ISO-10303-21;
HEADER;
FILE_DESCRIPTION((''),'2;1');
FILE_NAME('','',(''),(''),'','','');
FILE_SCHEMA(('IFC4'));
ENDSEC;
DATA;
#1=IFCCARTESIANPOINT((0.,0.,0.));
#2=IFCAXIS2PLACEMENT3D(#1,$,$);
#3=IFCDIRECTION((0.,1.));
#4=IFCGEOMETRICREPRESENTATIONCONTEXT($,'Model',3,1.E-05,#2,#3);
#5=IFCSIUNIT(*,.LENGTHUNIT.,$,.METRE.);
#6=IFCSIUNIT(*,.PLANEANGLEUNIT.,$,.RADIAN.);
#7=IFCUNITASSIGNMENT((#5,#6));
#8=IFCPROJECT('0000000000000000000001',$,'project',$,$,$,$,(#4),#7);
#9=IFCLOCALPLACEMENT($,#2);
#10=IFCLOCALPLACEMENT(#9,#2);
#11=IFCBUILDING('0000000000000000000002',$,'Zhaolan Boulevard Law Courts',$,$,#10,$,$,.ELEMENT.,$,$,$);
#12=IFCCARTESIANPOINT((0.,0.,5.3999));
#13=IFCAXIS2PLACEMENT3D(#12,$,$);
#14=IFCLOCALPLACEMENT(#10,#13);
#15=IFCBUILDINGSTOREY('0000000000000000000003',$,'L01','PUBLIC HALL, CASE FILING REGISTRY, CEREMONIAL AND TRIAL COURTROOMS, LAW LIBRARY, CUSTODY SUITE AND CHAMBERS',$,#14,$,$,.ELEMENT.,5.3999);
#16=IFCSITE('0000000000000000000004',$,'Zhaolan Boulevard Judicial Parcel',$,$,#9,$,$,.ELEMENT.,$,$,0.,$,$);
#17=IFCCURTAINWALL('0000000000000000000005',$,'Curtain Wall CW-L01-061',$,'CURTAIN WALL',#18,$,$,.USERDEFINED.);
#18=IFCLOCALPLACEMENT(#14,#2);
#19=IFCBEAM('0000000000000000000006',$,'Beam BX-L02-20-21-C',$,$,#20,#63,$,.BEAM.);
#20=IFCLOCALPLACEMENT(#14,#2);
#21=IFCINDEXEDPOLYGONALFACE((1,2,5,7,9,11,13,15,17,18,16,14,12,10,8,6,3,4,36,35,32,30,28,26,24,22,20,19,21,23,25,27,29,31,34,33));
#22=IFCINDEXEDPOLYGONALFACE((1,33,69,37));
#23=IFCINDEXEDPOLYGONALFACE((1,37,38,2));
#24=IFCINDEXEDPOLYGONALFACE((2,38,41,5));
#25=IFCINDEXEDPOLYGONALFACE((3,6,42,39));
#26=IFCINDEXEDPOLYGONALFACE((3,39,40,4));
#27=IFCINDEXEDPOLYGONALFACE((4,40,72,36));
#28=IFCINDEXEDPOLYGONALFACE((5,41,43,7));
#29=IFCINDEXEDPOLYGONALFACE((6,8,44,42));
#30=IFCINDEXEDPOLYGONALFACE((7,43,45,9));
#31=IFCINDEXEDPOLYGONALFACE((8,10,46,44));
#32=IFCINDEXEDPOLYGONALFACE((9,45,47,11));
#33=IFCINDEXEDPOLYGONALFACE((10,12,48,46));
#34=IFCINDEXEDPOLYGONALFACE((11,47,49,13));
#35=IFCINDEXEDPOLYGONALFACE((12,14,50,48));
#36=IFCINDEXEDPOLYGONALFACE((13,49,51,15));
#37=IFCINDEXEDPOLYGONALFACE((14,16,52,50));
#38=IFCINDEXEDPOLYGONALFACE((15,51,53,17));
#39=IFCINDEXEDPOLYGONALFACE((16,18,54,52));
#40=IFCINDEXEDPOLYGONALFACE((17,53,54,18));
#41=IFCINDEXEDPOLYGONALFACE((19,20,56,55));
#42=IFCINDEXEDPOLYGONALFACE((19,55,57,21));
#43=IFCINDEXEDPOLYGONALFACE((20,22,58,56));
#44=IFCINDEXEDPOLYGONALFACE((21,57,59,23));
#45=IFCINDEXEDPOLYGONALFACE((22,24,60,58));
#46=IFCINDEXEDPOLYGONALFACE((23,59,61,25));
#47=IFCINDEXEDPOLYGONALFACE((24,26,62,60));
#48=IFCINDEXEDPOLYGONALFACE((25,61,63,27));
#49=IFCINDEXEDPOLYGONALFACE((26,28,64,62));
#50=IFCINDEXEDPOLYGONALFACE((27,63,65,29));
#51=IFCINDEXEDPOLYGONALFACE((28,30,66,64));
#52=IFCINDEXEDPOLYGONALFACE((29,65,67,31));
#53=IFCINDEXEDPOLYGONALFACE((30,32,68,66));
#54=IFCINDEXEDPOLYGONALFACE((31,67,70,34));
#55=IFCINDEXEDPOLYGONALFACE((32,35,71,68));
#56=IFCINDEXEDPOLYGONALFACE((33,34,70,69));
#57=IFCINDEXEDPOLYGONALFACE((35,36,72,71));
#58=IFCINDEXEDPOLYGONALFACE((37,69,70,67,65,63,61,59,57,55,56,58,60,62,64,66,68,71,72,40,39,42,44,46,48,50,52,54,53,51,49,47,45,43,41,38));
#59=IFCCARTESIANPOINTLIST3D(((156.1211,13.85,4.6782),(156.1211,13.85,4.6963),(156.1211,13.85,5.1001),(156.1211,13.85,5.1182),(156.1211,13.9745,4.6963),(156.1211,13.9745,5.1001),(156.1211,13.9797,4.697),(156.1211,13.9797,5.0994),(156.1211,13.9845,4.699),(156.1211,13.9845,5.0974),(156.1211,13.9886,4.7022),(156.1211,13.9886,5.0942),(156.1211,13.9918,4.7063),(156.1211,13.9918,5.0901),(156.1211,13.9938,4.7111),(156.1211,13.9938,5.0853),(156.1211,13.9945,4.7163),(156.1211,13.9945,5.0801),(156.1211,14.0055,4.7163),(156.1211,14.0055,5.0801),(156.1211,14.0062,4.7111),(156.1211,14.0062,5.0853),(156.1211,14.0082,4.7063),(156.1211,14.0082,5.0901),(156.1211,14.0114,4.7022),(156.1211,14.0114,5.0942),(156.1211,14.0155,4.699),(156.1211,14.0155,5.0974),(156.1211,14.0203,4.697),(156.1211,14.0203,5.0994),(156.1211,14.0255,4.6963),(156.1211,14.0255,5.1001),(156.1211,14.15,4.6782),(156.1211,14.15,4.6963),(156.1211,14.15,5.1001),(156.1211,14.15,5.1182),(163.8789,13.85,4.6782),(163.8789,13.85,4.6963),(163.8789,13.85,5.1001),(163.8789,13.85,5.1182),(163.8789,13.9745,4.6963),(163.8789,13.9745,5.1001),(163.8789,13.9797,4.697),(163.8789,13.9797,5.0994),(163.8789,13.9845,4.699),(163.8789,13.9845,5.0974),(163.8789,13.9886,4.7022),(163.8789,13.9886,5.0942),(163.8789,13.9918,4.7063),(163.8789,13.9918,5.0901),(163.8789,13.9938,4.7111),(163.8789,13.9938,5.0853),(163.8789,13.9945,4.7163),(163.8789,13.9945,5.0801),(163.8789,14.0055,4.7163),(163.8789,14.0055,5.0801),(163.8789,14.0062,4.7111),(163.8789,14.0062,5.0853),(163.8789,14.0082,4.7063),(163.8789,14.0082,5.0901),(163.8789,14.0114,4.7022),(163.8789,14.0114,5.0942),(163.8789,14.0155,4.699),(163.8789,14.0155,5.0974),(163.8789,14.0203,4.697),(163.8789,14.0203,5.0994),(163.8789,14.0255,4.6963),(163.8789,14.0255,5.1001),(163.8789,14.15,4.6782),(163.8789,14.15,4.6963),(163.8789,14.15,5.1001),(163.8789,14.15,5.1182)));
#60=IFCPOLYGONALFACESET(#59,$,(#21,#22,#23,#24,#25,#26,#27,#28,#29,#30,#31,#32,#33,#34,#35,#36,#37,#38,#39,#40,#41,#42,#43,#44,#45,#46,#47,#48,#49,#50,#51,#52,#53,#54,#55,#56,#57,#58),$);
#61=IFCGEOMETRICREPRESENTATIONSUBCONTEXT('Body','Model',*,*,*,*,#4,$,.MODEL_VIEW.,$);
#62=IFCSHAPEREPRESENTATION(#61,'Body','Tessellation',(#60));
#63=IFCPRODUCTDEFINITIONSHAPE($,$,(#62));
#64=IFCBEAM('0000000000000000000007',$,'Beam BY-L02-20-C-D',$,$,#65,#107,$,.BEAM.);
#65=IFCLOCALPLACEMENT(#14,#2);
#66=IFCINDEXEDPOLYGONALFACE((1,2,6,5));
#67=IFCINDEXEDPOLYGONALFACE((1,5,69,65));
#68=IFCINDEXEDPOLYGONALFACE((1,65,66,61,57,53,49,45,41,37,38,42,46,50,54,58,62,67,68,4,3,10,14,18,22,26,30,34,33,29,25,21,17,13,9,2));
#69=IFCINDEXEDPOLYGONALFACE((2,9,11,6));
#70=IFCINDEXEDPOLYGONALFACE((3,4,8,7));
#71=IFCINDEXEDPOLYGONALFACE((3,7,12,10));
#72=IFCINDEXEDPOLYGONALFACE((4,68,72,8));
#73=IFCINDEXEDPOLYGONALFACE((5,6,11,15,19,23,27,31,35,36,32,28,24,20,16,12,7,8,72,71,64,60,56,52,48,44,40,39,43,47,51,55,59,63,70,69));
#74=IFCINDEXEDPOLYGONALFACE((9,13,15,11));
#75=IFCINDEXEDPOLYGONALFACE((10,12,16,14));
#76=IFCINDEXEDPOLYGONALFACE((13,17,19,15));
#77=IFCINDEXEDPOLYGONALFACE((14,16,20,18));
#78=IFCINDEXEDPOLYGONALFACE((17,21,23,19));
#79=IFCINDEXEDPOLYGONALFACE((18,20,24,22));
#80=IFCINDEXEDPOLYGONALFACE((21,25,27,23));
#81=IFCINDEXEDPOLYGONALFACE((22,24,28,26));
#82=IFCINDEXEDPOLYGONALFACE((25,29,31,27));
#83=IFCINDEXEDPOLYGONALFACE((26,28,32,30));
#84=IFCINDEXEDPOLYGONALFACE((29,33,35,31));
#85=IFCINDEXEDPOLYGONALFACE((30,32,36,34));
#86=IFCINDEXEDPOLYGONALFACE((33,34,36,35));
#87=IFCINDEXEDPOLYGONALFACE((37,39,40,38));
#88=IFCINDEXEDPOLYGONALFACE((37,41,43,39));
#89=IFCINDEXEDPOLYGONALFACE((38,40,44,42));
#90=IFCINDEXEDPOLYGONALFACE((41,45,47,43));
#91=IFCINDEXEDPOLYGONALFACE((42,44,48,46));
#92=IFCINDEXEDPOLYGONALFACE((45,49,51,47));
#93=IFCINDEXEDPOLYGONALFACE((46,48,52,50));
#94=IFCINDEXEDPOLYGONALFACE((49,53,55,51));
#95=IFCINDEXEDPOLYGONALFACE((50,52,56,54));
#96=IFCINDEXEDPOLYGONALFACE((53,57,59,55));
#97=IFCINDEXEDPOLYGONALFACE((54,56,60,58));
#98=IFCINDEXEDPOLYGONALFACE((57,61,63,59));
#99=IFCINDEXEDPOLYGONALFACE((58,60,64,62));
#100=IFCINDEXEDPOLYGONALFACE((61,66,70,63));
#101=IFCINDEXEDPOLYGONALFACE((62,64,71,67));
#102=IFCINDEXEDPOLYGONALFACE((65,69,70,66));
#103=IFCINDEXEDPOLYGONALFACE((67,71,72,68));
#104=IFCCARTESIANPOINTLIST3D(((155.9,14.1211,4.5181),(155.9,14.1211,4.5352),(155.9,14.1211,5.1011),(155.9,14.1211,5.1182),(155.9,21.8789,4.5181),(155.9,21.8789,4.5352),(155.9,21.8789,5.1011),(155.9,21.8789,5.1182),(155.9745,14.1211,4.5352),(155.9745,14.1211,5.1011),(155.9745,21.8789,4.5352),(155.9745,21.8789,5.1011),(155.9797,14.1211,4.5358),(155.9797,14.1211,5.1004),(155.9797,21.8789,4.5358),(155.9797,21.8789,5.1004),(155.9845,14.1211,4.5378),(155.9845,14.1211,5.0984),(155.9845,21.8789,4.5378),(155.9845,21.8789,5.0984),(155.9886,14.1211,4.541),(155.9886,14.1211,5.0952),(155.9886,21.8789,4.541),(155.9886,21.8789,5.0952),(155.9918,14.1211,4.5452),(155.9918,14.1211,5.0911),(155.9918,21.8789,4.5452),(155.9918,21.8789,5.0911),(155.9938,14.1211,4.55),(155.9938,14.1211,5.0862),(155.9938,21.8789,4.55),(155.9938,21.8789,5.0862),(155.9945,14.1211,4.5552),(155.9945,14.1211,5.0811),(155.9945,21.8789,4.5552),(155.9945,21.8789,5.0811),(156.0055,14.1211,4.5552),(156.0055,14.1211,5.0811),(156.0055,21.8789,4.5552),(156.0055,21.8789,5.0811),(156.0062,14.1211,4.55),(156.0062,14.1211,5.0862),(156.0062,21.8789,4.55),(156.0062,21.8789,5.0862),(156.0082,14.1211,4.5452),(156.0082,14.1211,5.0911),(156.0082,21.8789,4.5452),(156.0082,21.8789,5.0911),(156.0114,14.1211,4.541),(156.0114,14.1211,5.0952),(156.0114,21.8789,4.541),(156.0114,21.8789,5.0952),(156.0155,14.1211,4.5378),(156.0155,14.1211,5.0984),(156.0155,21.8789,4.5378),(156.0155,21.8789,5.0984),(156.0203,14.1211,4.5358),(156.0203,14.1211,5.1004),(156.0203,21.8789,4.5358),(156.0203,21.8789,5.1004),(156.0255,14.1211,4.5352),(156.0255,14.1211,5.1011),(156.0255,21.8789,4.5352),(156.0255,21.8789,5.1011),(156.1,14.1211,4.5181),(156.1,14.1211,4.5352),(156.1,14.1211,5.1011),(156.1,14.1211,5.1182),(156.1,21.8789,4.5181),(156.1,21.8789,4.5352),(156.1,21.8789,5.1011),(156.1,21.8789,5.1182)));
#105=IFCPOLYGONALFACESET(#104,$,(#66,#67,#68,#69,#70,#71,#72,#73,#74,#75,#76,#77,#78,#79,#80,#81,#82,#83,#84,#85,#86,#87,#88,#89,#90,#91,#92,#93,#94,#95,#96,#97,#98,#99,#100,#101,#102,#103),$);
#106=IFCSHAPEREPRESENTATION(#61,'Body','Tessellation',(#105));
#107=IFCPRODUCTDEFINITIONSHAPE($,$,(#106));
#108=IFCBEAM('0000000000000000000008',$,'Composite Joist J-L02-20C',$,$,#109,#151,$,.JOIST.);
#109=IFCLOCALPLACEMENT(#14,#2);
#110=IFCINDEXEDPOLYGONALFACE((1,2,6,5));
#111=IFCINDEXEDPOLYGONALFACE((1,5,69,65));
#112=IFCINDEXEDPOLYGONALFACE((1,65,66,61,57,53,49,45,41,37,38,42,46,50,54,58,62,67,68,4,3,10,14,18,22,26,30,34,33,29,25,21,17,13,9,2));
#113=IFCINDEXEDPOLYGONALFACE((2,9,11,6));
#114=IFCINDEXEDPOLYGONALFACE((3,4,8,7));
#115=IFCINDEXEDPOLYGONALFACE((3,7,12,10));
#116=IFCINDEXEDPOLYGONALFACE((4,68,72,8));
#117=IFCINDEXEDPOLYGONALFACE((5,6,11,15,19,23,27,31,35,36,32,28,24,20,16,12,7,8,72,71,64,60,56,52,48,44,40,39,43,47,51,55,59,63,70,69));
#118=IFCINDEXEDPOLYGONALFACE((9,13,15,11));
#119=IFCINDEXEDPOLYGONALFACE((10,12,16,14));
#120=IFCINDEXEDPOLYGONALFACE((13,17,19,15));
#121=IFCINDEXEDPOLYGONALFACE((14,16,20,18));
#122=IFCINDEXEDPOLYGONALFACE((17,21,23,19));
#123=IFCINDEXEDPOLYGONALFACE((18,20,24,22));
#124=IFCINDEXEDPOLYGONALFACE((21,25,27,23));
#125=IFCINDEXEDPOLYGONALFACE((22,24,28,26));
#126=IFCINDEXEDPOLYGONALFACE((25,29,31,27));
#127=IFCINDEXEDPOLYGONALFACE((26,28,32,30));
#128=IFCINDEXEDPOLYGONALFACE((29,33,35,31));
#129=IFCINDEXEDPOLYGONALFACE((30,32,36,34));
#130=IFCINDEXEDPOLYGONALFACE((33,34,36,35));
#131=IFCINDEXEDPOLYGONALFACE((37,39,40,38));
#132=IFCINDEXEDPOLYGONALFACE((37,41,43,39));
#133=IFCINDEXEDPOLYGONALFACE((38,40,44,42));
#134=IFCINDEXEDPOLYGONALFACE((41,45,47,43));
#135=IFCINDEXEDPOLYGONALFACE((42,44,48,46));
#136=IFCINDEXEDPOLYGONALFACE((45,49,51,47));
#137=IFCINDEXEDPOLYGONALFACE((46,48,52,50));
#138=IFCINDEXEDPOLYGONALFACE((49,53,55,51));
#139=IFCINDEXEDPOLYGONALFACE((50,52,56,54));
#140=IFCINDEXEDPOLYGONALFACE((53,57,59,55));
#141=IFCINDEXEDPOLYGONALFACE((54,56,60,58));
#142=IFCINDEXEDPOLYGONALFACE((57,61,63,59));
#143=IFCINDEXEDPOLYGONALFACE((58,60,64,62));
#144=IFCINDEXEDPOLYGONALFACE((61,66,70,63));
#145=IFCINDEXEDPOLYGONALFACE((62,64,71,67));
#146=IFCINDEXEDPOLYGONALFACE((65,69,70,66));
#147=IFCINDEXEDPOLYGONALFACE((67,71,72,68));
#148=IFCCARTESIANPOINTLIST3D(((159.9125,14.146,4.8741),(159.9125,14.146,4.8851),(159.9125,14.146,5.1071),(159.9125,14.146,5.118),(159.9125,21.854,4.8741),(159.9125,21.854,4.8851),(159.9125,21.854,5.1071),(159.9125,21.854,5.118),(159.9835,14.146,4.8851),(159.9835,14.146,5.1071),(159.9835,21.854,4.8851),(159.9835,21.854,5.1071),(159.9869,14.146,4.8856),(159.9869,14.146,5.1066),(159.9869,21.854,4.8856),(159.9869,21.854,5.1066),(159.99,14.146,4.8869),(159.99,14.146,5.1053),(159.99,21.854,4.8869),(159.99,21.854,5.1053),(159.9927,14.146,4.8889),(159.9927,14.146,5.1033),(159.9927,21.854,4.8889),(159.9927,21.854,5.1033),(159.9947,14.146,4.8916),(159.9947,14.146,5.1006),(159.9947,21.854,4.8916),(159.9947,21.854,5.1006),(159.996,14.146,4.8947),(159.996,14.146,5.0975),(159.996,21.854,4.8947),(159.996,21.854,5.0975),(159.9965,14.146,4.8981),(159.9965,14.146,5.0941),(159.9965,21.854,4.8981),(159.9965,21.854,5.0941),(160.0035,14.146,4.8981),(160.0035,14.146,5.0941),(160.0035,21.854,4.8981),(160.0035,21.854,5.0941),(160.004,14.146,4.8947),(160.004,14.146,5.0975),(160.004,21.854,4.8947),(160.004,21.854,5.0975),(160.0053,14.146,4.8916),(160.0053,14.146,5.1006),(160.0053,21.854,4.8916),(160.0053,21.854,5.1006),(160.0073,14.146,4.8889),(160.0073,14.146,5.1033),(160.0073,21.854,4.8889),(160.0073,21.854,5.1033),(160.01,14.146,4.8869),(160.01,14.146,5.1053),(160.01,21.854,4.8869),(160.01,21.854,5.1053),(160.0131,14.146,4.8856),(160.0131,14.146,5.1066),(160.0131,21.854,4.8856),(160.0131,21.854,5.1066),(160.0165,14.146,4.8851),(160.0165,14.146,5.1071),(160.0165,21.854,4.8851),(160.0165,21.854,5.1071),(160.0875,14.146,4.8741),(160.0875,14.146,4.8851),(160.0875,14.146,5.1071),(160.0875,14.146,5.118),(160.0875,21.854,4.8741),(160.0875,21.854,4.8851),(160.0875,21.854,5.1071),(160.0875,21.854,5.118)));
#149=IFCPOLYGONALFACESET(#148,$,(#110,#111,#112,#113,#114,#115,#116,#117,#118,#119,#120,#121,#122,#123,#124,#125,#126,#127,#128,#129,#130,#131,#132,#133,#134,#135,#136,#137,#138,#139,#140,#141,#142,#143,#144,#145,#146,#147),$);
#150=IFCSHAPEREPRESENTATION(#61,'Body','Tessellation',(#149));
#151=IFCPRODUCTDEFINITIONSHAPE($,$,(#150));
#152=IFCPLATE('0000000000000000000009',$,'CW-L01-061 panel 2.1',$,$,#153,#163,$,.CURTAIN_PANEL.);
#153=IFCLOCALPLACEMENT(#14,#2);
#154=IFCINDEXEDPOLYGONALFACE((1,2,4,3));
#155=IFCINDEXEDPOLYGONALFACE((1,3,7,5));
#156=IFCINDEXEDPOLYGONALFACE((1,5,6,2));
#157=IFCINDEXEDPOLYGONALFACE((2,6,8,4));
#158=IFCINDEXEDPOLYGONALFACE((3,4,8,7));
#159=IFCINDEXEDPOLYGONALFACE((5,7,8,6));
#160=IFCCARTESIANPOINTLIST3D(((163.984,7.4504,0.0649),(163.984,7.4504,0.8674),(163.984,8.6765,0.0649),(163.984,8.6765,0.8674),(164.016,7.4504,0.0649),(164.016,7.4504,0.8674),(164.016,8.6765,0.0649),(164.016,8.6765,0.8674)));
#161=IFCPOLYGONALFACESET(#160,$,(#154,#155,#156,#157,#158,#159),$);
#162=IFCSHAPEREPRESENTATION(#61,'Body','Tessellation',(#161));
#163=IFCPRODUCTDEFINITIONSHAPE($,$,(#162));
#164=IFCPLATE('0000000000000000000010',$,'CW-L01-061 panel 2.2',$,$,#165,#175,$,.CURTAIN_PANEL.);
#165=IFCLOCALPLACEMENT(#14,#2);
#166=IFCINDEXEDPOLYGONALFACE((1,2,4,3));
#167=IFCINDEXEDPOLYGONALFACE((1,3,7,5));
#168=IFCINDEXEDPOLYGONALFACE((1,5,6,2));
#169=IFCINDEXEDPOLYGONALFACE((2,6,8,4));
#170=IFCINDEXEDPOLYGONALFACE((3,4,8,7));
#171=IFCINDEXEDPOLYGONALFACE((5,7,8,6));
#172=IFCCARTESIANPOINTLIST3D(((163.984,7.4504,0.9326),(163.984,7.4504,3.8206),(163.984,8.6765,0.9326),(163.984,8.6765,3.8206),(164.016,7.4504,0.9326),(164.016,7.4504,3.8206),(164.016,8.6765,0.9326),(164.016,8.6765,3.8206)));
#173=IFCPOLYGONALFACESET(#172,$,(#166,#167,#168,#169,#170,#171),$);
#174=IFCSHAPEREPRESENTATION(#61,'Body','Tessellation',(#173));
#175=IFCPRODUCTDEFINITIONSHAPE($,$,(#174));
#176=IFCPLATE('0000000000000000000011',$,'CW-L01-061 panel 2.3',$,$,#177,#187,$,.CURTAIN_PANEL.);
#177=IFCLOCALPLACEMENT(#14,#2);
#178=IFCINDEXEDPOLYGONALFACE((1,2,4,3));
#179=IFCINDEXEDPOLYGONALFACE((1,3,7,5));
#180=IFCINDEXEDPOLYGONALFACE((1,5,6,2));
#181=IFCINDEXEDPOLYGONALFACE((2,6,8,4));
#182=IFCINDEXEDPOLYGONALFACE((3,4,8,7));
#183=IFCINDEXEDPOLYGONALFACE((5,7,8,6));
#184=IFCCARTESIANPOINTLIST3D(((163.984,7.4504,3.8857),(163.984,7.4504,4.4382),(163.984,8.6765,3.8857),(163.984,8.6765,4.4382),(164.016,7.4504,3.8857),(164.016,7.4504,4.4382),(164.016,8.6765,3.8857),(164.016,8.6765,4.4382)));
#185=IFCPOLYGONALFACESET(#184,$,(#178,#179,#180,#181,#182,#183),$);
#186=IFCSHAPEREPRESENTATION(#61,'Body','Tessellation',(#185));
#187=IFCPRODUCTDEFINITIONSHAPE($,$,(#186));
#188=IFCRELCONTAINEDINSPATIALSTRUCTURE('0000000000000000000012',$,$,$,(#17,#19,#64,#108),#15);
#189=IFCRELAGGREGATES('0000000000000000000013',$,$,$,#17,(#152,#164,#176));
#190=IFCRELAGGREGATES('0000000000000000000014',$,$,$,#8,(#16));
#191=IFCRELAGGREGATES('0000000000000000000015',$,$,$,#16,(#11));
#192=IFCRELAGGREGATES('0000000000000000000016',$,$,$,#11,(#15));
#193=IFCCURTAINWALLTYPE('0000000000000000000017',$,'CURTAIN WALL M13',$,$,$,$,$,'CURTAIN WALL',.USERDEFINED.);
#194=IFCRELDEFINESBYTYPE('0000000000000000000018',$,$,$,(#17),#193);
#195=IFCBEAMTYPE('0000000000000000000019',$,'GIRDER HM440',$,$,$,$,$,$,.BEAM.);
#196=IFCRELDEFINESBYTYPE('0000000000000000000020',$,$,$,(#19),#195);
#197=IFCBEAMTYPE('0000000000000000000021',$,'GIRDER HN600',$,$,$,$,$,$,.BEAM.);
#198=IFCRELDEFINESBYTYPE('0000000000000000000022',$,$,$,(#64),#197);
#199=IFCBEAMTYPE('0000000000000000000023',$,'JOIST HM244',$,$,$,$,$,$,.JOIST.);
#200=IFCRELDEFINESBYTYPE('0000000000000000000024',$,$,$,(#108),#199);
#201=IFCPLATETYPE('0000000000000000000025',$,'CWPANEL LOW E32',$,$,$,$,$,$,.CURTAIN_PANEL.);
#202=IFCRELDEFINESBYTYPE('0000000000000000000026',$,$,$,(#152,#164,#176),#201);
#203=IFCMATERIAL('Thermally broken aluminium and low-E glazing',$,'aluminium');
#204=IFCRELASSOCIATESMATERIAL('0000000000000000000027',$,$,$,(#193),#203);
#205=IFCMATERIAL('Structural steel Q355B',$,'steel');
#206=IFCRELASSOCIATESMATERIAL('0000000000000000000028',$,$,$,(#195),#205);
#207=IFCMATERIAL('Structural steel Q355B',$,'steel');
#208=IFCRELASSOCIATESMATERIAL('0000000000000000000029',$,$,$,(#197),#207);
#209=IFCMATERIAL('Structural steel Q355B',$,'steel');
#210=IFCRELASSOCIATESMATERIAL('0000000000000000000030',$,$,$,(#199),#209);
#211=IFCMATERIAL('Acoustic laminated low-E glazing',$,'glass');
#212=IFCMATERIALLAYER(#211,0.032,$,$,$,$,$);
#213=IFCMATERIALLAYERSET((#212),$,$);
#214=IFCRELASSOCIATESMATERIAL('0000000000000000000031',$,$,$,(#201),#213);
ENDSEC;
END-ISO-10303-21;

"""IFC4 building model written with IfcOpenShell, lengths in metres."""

from ifc_helpers import new_model, si_unit, direction, frame, origin, origin_2d, place, context, subcontext, project, spatial, rectangle, i_section, extrude, material, layer, layer_set, material_profile, profile_set, type_object, element, aggregate, save


model = new_model("IFC4")

# Units and contexts
model_context = context("Model", 3, precision=1e-05, world=origin(), true_north=direction((0.0, 1.0)))
body_context = subcontext(model_context, "Body", "Model", "MODEL_VIEW")
ifc_project = project(units=[si_unit("LENGTHUNIT", "METRE"), si_unit("PLANEANGLEUNIT", "RADIAN")], contexts=[model_context])

# Site, building, storey
site_placement = place(None, origin())
site = spatial("IfcSite", under=ifc_project, at=site_placement, Name="Zhaolan Boulevard Judicial Parcel", CompositionType="ELEMENT", RefElevation=0.0)
building_placement = place(site_placement, origin())
building = spatial("IfcBuilding", under=site, at=building_placement, Name="Zhaolan Boulevard Law Courts", CompositionType="ELEMENT")
storey_placement = place(building_placement, frame((0.0, 0.0, 5.3999)))
storey = spatial("IfcBuildingStorey", under=building, at=storey_placement, Name="L01", Description="PUBLIC HALL, CASE FILING REGISTRY, CEREMONIAL AND TRIAL COURTROOMS, LAW LIBRARY, CUSTODY SUITE AND CHAMBERS", CompositionType="ELEMENT", Elevation=5.3999)

# Curtain wall
ifc_material_1 = material(Name="Thermally broken aluminium and low-E glazing", Category="aluminium")
curtain_wall_type = type_object("IfcCurtainWallType", Name="CURTAIN WALL M13", ElementType="CURTAIN WALL", PredefinedType="USERDEFINED", material=ifc_material_1)
curtain_wall_placement = place(storey_placement, origin())
curtain_wall = element("IfcCurtainWall", 1, at=curtain_wall_placement, inside=storey, type_object=curtain_wall_type, Name="Curtain Wall CW-L01-061", ObjectType="CURTAIN WALL", PredefinedType="USERDEFINED")

# Beams
ifc_material_2 = material(Name="Structural steel Q355B", Category="steel")
ifc_material_profile_1 = material_profile(ifc_material_2, i_section(OverallWidth=0.3, OverallDepth=0.4399, WebThickness=0.011, FlangeThickness=0.0181, FilletRadius=0.02, at=origin_2d()), Name="HM440x300")
ifc_profile_set_1 = profile_set([ifc_material_profile_1], Name="Structural steel Q355B")
beam_type_1 = type_object("IfcBeamType", Name="GIRDER HM440", PredefinedType="BEAM", material=ifc_profile_set_1)
beam_1_placement = place(storey_placement, frame((156.1211, 14.0, 4.8982), z_axis=(1.0, 0.0, 0.0), x_axis=(0.0, 1.0, 0.0)))
element("IfcBeam", 2, at=beam_1_placement, inside=storey, type_object=beam_type_1, Name="Beam BX-L02-20-21-C", PredefinedType="BEAM", context=body_context, shape_type="SweptSolid", body=[
    extrude(i_section(OverallWidth=0.3, OverallDepth=0.4399, WebThickness=0.011, FlangeThickness=0.0181, FilletRadius=0.02, at=origin_2d()), origin(), (0.0, 0.0, 1.0), 7.7578),
])
ifc_material_3 = material(Name="Structural steel Q355B", Category="steel")
ifc_material_profile_2 = material_profile(ifc_material_3, i_section(OverallWidth=0.2, OverallDepth=0.6001, WebThickness=0.011, FlangeThickness=0.0171, FilletRadius=0.02, at=origin_2d()), Name="HN600x200")
ifc_profile_set_2 = profile_set([ifc_material_profile_2], Name="Structural steel Q355B")
beam_type_2 = type_object("IfcBeamType", Name="GIRDER HN600", PredefinedType="BEAM", material=ifc_profile_set_2)
beam_2_placement = place(storey_placement, frame((156.0, 14.1211, 4.8181), z_axis=(0.0, 1.0, 0.0), x_axis=(-1.0, 0.0, 0.0)))
element("IfcBeam", 3, at=beam_2_placement, inside=storey, type_object=beam_type_2, Name="Beam BY-L02-20-C-D", PredefinedType="BEAM", context=body_context, shape_type="SweptSolid", body=[
    extrude(i_section(OverallWidth=0.2, OverallDepth=0.6001, WebThickness=0.011, FlangeThickness=0.0171, FilletRadius=0.02, at=origin_2d()), origin(), (0.0, 0.0, 1.0), 7.7578),
])
ifc_material_4 = material(Name="Structural steel Q355B", Category="steel")
ifc_material_profile_3 = material_profile(ifc_material_4, i_section(OverallWidth=0.175, OverallDepth=0.2439, WebThickness=0.0071, FlangeThickness=0.011, FilletRadius=0.0129, at=origin_2d()), Name="HM244x175")
ifc_profile_set_3 = profile_set([ifc_material_profile_3], Name="Structural steel Q355B")
beam_type_3 = type_object("IfcBeamType", Name="JOIST HM244", PredefinedType="JOIST", material=ifc_profile_set_3)
beam_3_placement = place(storey_placement, frame((160.0, 14.146, 4.9961), z_axis=(0.0, 1.0, 0.0), x_axis=(-1.0, 0.0, 0.0)))
element("IfcBeam", 4, at=beam_3_placement, inside=storey, type_object=beam_type_3, Name="Composite Joist J-L02-20C", PredefinedType="JOIST", context=body_context, shape_type="SweptSolid", body=[
    extrude(i_section(OverallWidth=0.175, OverallDepth=0.2439, WebThickness=0.0071, FlangeThickness=0.011, FilletRadius=0.0129, at=origin_2d()), origin(), (0.0, 0.0, 1.0), 7.708),
])

# Plates
ifc_material_5 = material(Name="Acoustic laminated low-E glazing", Category="glass")
ifc_layer_1 = layer(ifc_material_5, 0.032)
ifc_layer_set_1 = layer_set([ifc_layer_1])
plate_type = type_object("IfcPlateType", Name="CWPANEL LOW E32", PredefinedType="CURTAIN_PANEL", material=ifc_layer_set_1)
plate_1_placement = place(storey_placement, frame((164.0, 8.0635, 0.0649), z_axis=(0.0, 0.0, 1.0), x_axis=(0.0, 1.0, 0.0)))
plate_1 = element("IfcPlate", 5, at=plate_1_placement, type_object=plate_type, Name="CW-L01-061 panel 2.1", PredefinedType="CURTAIN_PANEL", context=body_context, shape_type="SweptSolid", body=[
    extrude(rectangle(XDim=1.2261, YDim=0.032, at=origin_2d()), origin(), (0.0, 0.0, 1.0), 0.8025),
])
plate_2_placement = place(storey_placement, frame((164.0, 8.0635, 0.9326), z_axis=(0.0, 0.0, 1.0), x_axis=(0.0, 1.0, 0.0)))
plate_2 = element("IfcPlate", 6, at=plate_2_placement, type_object=plate_type, Name="CW-L01-061 panel 2.2", PredefinedType="CURTAIN_PANEL", context=body_context, shape_type="SweptSolid", body=[
    extrude(rectangle(XDim=1.2261, YDim=0.032, at=origin_2d()), origin(), (0.0, 0.0, 1.0), 2.8879),
])
plate_3_placement = place(storey_placement, frame((164.0, 8.0635, 3.8857), z_axis=(0.0, 0.0, 1.0), x_axis=(0.0, 1.0, 0.0)))
plate_3 = element("IfcPlate", 7, at=plate_3_placement, type_object=plate_type, Name="CW-L01-061 panel 2.3", PredefinedType="CURTAIN_PANEL", context=body_context, shape_type="SweptSolid", body=[
    extrude(rectangle(XDim=1.2261, YDim=0.032, at=origin_2d()), origin(), (0.0, 0.0, 1.0), 0.5525),
])
aggregate(curtain_wall, [plate_1, plate_2, plate_3])

save(model, "model.ifc")
